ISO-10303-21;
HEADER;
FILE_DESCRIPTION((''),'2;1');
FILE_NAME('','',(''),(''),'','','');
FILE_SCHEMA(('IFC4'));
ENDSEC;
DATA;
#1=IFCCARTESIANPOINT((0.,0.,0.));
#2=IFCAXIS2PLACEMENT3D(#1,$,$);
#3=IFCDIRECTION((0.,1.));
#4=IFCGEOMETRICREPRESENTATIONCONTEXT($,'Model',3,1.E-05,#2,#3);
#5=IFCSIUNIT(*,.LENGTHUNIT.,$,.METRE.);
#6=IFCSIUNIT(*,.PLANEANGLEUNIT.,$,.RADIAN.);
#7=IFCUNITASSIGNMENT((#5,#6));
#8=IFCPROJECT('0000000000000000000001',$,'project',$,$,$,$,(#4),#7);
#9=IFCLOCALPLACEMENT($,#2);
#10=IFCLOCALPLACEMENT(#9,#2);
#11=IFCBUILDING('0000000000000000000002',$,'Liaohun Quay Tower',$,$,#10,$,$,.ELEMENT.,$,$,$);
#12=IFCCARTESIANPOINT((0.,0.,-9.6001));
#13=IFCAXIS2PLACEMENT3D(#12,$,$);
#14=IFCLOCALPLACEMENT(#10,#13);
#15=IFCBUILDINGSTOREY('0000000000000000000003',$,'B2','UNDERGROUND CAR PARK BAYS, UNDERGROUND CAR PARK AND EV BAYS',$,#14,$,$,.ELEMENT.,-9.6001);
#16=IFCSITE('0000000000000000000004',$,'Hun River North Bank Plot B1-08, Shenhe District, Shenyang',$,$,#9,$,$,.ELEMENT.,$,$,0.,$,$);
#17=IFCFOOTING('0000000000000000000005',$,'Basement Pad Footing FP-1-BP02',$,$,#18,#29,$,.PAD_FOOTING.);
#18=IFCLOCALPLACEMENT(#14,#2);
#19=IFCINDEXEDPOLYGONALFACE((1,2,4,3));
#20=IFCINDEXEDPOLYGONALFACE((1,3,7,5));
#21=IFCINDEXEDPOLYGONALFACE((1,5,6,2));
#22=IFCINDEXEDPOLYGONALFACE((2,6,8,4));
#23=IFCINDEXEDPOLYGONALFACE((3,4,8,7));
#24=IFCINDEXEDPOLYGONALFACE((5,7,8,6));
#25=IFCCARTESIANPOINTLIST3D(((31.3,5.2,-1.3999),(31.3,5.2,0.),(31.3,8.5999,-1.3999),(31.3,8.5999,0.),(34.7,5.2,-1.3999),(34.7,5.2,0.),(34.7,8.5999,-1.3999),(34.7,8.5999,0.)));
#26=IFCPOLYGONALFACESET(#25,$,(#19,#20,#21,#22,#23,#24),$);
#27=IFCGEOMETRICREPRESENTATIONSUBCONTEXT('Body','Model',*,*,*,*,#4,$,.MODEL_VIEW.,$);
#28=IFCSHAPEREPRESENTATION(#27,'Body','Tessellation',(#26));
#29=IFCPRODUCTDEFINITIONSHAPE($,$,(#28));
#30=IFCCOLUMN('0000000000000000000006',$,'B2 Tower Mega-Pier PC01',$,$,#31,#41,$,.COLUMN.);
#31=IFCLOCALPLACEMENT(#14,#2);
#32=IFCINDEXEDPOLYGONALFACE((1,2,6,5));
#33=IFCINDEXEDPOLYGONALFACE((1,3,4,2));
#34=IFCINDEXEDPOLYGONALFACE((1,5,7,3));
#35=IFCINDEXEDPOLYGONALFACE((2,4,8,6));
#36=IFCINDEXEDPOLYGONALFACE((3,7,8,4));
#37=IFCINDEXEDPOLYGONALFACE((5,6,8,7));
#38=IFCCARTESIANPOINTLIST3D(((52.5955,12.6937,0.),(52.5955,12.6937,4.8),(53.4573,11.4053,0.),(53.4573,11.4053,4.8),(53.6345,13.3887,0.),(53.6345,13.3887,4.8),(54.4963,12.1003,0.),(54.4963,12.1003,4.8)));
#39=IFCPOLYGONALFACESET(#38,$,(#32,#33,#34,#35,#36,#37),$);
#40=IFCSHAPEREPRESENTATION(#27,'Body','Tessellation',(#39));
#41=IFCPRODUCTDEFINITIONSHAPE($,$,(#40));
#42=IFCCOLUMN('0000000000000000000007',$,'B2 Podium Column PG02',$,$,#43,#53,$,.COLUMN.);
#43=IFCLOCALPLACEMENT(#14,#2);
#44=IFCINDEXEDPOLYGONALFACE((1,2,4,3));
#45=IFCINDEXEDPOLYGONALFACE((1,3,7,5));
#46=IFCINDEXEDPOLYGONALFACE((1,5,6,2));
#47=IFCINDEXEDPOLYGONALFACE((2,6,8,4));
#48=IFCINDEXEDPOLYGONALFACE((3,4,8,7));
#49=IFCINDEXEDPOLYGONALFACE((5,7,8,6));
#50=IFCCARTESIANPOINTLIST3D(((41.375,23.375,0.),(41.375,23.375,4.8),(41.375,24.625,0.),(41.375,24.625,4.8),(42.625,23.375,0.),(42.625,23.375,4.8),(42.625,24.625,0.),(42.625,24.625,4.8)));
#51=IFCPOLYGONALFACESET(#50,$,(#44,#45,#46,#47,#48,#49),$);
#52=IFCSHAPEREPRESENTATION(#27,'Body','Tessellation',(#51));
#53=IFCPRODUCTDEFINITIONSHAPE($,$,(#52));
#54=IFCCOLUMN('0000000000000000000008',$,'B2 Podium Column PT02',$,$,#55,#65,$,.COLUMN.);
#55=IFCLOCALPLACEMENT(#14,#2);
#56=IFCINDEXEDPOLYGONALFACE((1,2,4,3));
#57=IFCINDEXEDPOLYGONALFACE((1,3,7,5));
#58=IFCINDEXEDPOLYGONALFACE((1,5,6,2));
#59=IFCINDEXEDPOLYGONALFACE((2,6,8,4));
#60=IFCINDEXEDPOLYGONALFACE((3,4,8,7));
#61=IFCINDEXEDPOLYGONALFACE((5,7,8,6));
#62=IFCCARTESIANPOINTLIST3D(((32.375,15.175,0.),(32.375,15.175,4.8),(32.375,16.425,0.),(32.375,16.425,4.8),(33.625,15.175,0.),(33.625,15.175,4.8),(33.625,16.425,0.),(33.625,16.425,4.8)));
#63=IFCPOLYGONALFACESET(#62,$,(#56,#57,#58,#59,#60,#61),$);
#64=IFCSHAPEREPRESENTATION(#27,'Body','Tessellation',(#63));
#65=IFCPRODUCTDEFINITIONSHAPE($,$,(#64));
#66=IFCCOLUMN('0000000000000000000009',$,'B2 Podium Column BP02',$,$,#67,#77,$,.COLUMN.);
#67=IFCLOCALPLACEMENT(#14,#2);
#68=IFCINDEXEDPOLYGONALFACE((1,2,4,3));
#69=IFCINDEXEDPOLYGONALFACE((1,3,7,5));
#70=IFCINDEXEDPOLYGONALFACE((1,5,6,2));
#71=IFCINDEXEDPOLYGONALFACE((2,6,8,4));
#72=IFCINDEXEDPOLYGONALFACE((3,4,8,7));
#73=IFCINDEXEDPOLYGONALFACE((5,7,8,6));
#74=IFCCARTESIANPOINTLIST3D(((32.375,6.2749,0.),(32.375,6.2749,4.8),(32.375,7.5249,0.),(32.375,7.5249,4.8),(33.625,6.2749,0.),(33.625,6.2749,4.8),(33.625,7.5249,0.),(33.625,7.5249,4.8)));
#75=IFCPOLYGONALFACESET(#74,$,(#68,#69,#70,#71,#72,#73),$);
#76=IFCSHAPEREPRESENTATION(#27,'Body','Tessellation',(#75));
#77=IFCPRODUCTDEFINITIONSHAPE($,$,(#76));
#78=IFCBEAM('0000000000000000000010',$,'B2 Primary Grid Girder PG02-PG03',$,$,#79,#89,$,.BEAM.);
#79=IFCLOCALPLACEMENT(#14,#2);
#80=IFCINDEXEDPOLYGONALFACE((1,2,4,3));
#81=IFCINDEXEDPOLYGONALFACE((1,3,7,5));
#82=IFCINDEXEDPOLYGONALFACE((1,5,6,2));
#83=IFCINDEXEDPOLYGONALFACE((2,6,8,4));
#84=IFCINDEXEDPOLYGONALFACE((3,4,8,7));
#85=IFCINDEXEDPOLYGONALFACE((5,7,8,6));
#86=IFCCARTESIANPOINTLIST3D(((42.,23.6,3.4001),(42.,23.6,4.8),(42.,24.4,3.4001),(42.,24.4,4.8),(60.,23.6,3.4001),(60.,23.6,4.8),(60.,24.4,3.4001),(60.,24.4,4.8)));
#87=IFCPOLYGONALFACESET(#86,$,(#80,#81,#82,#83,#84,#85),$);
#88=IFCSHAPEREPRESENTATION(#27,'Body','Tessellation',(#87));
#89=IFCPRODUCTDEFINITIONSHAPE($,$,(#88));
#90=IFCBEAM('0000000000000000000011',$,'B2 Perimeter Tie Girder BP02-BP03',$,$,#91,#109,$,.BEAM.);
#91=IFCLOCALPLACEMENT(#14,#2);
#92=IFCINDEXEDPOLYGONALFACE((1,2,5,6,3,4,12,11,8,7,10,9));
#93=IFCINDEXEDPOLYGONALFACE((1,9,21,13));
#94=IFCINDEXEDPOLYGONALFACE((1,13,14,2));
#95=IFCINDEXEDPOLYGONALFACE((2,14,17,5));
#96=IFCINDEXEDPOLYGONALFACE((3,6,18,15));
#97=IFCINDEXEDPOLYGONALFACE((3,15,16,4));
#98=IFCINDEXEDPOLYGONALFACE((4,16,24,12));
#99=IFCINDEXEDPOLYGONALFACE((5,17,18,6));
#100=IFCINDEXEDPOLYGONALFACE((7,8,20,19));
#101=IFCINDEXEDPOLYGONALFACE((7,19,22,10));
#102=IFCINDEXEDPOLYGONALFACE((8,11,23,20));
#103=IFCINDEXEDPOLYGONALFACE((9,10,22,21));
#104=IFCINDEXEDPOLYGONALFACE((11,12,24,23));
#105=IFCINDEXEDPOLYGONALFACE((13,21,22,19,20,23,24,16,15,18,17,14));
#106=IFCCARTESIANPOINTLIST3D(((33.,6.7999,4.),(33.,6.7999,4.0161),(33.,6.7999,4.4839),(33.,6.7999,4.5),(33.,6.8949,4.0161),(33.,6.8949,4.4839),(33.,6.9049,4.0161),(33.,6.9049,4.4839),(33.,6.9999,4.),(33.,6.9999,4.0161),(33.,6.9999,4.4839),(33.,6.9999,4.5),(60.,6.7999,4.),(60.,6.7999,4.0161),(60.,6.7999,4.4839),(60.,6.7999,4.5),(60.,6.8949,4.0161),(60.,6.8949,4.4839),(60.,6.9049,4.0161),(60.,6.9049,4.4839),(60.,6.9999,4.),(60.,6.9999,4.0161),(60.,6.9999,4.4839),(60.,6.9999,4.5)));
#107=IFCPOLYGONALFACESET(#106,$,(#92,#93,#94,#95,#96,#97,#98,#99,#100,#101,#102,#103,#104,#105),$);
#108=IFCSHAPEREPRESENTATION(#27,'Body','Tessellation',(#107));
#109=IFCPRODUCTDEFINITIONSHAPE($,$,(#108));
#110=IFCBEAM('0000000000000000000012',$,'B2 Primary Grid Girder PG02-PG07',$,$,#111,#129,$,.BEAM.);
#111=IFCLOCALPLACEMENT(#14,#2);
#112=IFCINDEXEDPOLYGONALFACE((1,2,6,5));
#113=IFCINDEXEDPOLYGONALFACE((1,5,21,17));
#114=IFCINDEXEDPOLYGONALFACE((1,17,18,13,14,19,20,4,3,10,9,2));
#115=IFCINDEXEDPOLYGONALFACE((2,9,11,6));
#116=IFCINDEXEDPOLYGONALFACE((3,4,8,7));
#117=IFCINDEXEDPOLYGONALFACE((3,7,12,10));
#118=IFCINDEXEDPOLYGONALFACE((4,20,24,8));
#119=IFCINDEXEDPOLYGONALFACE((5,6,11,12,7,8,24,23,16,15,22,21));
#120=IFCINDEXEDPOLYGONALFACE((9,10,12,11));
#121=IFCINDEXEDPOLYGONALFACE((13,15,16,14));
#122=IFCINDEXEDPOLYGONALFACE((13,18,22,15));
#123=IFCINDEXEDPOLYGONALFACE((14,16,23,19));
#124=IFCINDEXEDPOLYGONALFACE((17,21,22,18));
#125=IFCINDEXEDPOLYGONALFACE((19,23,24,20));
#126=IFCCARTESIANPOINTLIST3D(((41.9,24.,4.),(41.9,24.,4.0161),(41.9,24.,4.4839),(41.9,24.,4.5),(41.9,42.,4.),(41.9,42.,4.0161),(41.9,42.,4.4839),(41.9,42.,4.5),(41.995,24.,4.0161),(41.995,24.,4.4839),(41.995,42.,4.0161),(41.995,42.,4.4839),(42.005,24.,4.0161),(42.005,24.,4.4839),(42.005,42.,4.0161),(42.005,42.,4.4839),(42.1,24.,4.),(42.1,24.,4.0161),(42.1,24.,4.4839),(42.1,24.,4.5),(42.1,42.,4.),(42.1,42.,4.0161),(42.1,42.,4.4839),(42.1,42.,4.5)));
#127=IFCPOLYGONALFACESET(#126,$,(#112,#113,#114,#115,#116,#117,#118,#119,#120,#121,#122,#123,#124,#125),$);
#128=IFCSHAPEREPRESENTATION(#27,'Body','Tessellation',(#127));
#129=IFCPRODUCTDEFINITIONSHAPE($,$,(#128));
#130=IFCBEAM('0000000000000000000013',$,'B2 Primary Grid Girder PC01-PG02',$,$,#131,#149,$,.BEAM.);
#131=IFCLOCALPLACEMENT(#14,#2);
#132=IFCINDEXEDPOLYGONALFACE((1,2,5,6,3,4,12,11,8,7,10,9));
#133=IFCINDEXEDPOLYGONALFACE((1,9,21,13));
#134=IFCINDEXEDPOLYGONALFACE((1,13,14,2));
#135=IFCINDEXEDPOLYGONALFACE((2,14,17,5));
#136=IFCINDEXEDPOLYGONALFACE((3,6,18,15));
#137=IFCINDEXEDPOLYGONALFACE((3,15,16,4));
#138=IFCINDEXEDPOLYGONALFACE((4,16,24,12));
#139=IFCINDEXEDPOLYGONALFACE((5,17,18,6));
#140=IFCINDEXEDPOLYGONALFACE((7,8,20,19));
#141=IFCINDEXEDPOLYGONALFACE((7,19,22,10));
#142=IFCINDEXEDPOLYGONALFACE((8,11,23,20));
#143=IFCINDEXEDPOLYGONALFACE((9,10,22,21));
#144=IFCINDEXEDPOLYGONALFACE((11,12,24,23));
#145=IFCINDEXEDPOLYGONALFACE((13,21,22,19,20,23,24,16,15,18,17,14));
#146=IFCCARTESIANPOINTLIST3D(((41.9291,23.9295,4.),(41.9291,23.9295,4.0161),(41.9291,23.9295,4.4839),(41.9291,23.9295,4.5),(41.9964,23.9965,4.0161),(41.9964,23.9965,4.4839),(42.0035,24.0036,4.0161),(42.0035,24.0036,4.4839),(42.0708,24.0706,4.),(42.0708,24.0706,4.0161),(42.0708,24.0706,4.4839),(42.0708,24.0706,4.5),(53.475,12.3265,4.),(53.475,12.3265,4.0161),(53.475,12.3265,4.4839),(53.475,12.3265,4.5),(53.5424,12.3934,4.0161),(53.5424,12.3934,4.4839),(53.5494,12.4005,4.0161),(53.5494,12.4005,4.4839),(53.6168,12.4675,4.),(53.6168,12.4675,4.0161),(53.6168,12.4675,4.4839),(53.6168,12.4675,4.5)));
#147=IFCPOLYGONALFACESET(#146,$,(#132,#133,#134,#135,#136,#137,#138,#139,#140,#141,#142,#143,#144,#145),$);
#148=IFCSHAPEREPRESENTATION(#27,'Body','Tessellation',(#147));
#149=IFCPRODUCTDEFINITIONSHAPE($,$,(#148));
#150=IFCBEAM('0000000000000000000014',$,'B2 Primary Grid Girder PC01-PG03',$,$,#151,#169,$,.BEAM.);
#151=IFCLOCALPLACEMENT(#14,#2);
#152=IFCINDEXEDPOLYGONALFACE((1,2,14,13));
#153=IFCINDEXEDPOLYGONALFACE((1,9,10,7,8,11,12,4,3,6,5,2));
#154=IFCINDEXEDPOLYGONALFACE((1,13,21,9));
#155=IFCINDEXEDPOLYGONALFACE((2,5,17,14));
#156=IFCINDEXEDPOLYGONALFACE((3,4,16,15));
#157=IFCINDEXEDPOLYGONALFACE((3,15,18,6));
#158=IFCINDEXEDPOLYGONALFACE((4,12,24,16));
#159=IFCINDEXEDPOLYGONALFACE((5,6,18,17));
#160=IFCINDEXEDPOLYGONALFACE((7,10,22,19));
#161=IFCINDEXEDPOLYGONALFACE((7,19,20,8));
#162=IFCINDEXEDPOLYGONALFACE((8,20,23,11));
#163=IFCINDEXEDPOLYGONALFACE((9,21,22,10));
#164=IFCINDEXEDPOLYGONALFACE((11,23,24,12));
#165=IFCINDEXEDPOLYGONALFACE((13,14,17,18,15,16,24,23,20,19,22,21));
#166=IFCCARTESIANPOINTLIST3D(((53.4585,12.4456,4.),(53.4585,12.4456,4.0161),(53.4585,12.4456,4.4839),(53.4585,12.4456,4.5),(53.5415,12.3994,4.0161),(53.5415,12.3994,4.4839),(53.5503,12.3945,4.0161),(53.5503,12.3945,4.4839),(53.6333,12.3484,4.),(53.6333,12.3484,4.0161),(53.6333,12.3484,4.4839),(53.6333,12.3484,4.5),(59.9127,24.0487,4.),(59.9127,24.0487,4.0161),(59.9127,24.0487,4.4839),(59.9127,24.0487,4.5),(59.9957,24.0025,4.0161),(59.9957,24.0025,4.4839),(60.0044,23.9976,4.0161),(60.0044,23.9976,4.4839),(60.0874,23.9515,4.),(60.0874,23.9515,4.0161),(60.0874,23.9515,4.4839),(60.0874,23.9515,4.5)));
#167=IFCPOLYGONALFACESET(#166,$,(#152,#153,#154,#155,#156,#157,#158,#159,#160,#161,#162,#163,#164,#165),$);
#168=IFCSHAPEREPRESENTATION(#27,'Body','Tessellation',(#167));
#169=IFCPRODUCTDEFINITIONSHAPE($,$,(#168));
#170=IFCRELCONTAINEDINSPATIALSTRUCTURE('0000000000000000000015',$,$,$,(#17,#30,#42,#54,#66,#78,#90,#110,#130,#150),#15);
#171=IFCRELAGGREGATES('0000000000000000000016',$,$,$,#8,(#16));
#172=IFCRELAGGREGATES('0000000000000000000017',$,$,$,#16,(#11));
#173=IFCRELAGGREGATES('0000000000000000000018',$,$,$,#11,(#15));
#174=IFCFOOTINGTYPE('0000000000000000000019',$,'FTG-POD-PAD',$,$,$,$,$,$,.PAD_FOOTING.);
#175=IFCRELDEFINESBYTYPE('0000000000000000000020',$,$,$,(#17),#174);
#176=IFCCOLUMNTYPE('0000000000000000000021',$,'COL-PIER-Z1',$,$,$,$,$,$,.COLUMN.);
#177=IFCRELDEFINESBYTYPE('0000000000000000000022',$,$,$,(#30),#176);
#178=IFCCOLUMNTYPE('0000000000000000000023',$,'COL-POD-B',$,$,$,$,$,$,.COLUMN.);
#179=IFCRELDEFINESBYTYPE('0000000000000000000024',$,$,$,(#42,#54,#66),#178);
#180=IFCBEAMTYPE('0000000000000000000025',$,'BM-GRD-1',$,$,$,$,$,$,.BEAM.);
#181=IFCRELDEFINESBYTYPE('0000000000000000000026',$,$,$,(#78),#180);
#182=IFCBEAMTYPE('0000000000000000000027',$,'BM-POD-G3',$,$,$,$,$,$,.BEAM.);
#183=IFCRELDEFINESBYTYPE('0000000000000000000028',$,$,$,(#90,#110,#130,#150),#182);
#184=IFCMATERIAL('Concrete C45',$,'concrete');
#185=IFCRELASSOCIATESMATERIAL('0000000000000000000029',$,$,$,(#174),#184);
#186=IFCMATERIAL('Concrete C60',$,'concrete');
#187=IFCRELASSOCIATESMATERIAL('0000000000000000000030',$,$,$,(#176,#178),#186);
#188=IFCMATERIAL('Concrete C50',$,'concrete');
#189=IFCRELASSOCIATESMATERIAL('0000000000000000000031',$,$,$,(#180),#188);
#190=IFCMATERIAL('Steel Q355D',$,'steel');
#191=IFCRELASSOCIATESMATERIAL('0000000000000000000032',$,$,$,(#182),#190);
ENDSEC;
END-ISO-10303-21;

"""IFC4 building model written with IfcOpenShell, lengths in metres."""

from ifc_helpers import new_model, si_unit, direction, frame, origin, origin_2d, place, context, subcontext, project, spatial, rectangle, i_section, extrude, source, transform, mapped, material, material_profile, profile_set, type_object, element, save


model = new_model("IFC4")

# Units and contexts
model_context = context("Model", 3, precision=1e-05, world=origin(), true_north=direction((0.0, 1.0)))
body_context = subcontext(model_context, "Body", "Model", "MODEL_VIEW")
ifc_project = project(units=[si_unit("LENGTHUNIT", "METRE"), si_unit("PLANEANGLEUNIT", "RADIAN")], contexts=[model_context])

# Site, building, storey
site_placement = place(None, origin())
site = spatial("IfcSite", under=ifc_project, at=site_placement, Name="Hun River North Bank Plot B1-08, Shenhe District, Shenyang", CompositionType="ELEMENT", RefElevation=0.0)
building_placement = place(site_placement, origin())
building = spatial("IfcBuilding", under=site, at=building_placement, Name="Liaohun Quay Tower", CompositionType="ELEMENT")
storey_placement = place(building_placement, frame((0.0, 0.0, -9.6001)))
storey = spatial("IfcBuildingStorey", under=building, at=storey_placement, Name="B2", Description="UNDERGROUND CAR PARK BAYS, UNDERGROUND CAR PARK AND EV BAYS", CompositionType="ELEMENT", Elevation=-9.6001)

# Shared definitions
ifc_material_1 = material(Name="Concrete C50", Category="concrete")

# Shared definitions
ifc_material_2 = material(Name="Concrete C45", Category="concrete")

# Footing
footing_type_1 = type_object("IfcFootingType", Name="FTG-POD-PAD", PredefinedType="PAD_FOOTING", material=ifc_material_2)
shared_shape_1 = source(origin(), body_context, "Body", "SweptSolid", [
    extrude(rectangle(XDim=3.3999, YDim=3.3999, at=origin_2d()), origin(), (0.0, 0.0, 1.0), 1.3999),
])
for number, where, z_axis, x_axis, name in (
    (1, (33.0, 6.8999, -1.3999), (0.0, 0.0, 1.0), (1.0, 0.0, 0.0), "Basement Pad Footing FP-1-BP02"),
):
    element("IfcFooting", number, at=place(storey_placement, frame(where, z_axis=z_axis, x_axis=x_axis)), inside=storey, type_object=footing_type_1, Name=name, PredefinedType="PAD_FOOTING", context=body_context, shape_type="MappedRepresentation", body=[
        mapped(shared_shape_1, transform((0.0, 0.0, 0.0), x_axis=(1.0, 0.0, 0.0), y_axis=(0.0, 1.0, 0.0), z_axis=(0.0, 0.0, 1.0), scale=1.0)),
    ])

# Columns
ifc_material_3 = material(Name="Concrete C60", Category="concrete")
ifc_material_profile_1 = material_profile(ifc_material_3, rectangle(XDim=1.55, YDim=1.25, at=origin_2d()), Name="RC1550x1250")
ifc_profile_set_1 = profile_set([ifc_material_profile_1], Name="Concrete C60")
column_type_1 = type_object("IfcColumnType", Name="COL-PIER-Z1", PredefinedType="COLUMN", material=ifc_profile_set_1)
shared_shape_2 = source(origin(), body_context, "Body", "SweptSolid", [
    extrude(rectangle(XDim=1.55, YDim=1.25, at=origin_2d()), origin(), (0.0, 0.0, 1.0), 4.8),
])
column_placement = place(storey_placement, frame((53.5459, 12.397, 0.0), z_axis=(0.0, 0.0, 1.0), x_axis=(-0.556006, 0.831179, 0.0)))
element("IfcColumn", 2, at=column_placement, inside=storey, type_object=column_type_1, Name="B2 Tower Mega-Pier PC01", PredefinedType="COLUMN", context=body_context, shape_type="MappedRepresentation", body=[
    mapped(shared_shape_2, transform((0.0, 0.0, 0.0), x_axis=(1.0, 0.0, 0.0), y_axis=(0.0, 1.0, 0.0), z_axis=(0.0, 0.0, 1.0), scale=1.0)),
])
ifc_material_profile_2 = material_profile(ifc_material_3, rectangle(XDim=1.25, YDim=1.25, at=origin_2d()), Name="RC1250x1250")
ifc_profile_set_2 = profile_set([ifc_material_profile_2], Name="Concrete C60")
column_type_2 = type_object("IfcColumnType", Name="COL-POD-B", PredefinedType="COLUMN", material=ifc_profile_set_2)
shared_shape_3 = source(origin(), body_context, "Body", "SweptSolid", [
    extrude(rectangle(XDim=1.25, YDim=1.25, at=origin_2d()), origin(), (0.0, 0.0, 1.0), 4.8),
])
for number, where, z_axis, x_axis, name in (
    (3, (42.0, 24.0, 0.0), (0.0, 0.0, 1.0), (1.0, 0.0, 0.0), "B2 Podium Column PG02"),
    (4, (33.0, 15.8, 0.0), (0.0, 0.0, 1.0), (1.0, 0.0, 0.0), "B2 Podium Column PT02"),
    (5, (33.0, 6.8999, 0.0), (0.0, 0.0, 1.0), (1.0, 0.0, 0.0), "B2 Podium Column BP02"),
):
    element("IfcColumn", number, at=place(storey_placement, frame(where, z_axis=z_axis, x_axis=x_axis)), inside=storey, type_object=column_type_2, Name=name, PredefinedType="COLUMN", context=body_context, shape_type="MappedRepresentation", body=[
        mapped(shared_shape_3, transform((0.0, 0.0, 0.0), x_axis=(1.0, 0.0, 0.0), y_axis=(0.0, 1.0, 0.0), z_axis=(0.0, 0.0, 1.0), scale=1.0)),
    ])

# Beams
ifc_material_profile_3 = material_profile(ifc_material_1, rectangle(XDim=0.8, YDim=1.3999, at=origin_2d()), Name="RC800x1400")
ifc_profile_set_3 = profile_set([ifc_material_profile_3], Name="Concrete C50")
beam_type_1 = type_object("IfcBeamType", Name="BM-GRD-1", PredefinedType="BEAM", material=ifc_profile_set_3)
shared_shape_4 = source(origin(), body_context, "Body", "SweptSolid", [
    extrude(rectangle(XDim=0.8, YDim=1.3999, at=origin_2d()), origin(), (0.0, 0.0, 1.0), 18.0),
])
beam_1_placement = place(storey_placement, frame((42.0, 24.0, 4.1001), z_axis=(1.0, 0.0, 0.0), x_axis=(0.0, 1.0, 0.0)))
element("IfcBeam", 6, at=beam_1_placement, inside=storey, type_object=beam_type_1, Name="B2 Primary Grid Girder PG02-PG03", PredefinedType="BEAM", context=body_context, shape_type="MappedRepresentation", body=[
    mapped(shared_shape_4, transform((0.0, 0.0, 0.0), x_axis=(1.0, 0.0, 0.0), y_axis=(0.0, 1.0, 0.0), z_axis=(0.0, 0.0, 1.0), scale=1.0)),
])
ifc_material_4 = material(Name="Steel Q355D", Category="steel")
ifc_material_profile_4 = material_profile(ifc_material_4, i_section(OverallWidth=0.2, OverallDepth=0.5, WebThickness=0.01, FlangeThickness=0.0161, at=origin_2d()), Name="HN500x200x10x16")
ifc_profile_set_4 = profile_set([ifc_material_profile_4], Name="Steel Q355D")
beam_type_2 = type_object("IfcBeamType", Name="BM-POD-G3", PredefinedType="BEAM", material=ifc_profile_set_4)
shared_shape_5 = source(origin(), body_context, "Body", "SweptSolid", [
    extrude(i_section(OverallWidth=0.2, OverallDepth=0.5, WebThickness=0.01, FlangeThickness=0.0161, at=origin_2d()), origin(), (0.0, 0.0, 1.0), 27.0),
])
beam_2_placement = place(storey_placement, frame((33.0, 6.8999, 4.25), z_axis=(1.0, 0.0, 0.0), x_axis=(0.0, 1.0, 0.0)))
element("IfcBeam", 7, at=beam_2_placement, inside=storey, type_object=beam_type_2, Name="B2 Perimeter Tie Girder BP02-BP03", PredefinedType="BEAM", context=body_context, shape_type="MappedRepresentation", body=[
    mapped(shared_shape_5, transform((0.0, 0.0, 0.0), x_axis=(1.0, 0.0, 0.0), y_axis=(0.0, 1.0, 0.0), z_axis=(0.0, 0.0, 1.0), scale=1.0)),
])
shared_shape_6 = source(origin(), body_context, "Body", "SweptSolid", [
    extrude(i_section(OverallWidth=0.2, OverallDepth=0.5, WebThickness=0.01, FlangeThickness=0.0161, at=origin_2d()), origin(), (0.0, 0.0, 1.0), 18.0),
])
beam_3_placement = place(storey_placement, frame((42.0, 24.0, 4.25), z_axis=(0.0, 1.0, 0.0), x_axis=(-1.0, 0.0, 0.0)))
element("IfcBeam", 8, at=beam_3_placement, inside=storey, type_object=beam_type_2, Name="B2 Primary Grid Girder PG02-PG07", PredefinedType="BEAM", context=body_context, shape_type="MappedRepresentation", body=[
    mapped(shared_shape_6, transform((0.0, 0.0, 0.0), x_axis=(1.0, 0.0, 0.0), y_axis=(0.0, 1.0, 0.0), z_axis=(0.0, 0.0, 1.0), scale=1.0)),
])
shared_shape_7 = source(origin(), body_context, "Body", "SweptSolid", [
    extrude(i_section(OverallWidth=0.2, OverallDepth=0.5, WebThickness=0.01, FlangeThickness=0.0161, at=origin_2d()), origin(), (0.0, 0.0, 1.0), 16.3689),
])
beam_4_placement = place(storey_placement, frame((53.5459, 12.397, 4.25), z_axis=(-0.70536, 0.70885, 0.0), x_axis=(-0.70885, -0.70536, 0.0)))
element("IfcBeam", 9, at=beam_4_placement, inside=storey, type_object=beam_type_2, Name="B2 Primary Grid Girder PC01-PG02", PredefinedType="BEAM", context=body_context, shape_type="MappedRepresentation", body=[
    mapped(shared_shape_7, transform((0.0, 0.0, 0.0), x_axis=(1.0, 0.0, 0.0), y_axis=(0.0, 1.0, 0.0), z_axis=(0.0, 0.0, 1.0), scale=1.0)),
])
shared_shape_8 = source(origin(), body_context, "Body", "SweptSolid", [
    extrude(i_section(OverallWidth=0.2, OverallDepth=0.5, WebThickness=0.01, FlangeThickness=0.0161, at=origin_2d()), origin(), (0.0, 0.0, 1.0), 13.2773),
])
beam_5_placement = place(storey_placement, frame((53.5459, 12.397, 4.25), z_axis=(0.486102, 0.873902, 0.0), x_axis=(-0.873902, 0.486102, 0.0)))
element("IfcBeam", 10, at=beam_5_placement, inside=storey, type_object=beam_type_2, Name="B2 Primary Grid Girder PC01-PG03", PredefinedType="BEAM", context=body_context, shape_type="MappedRepresentation", body=[
    mapped(shared_shape_8, transform((0.0, 0.0, 0.0), x_axis=(1.0, 0.0, 0.0), y_axis=(0.0, 1.0, 0.0), z_axis=(0.0, 0.0, 1.0), scale=1.0)),
])

save(model, "model.ifc")
